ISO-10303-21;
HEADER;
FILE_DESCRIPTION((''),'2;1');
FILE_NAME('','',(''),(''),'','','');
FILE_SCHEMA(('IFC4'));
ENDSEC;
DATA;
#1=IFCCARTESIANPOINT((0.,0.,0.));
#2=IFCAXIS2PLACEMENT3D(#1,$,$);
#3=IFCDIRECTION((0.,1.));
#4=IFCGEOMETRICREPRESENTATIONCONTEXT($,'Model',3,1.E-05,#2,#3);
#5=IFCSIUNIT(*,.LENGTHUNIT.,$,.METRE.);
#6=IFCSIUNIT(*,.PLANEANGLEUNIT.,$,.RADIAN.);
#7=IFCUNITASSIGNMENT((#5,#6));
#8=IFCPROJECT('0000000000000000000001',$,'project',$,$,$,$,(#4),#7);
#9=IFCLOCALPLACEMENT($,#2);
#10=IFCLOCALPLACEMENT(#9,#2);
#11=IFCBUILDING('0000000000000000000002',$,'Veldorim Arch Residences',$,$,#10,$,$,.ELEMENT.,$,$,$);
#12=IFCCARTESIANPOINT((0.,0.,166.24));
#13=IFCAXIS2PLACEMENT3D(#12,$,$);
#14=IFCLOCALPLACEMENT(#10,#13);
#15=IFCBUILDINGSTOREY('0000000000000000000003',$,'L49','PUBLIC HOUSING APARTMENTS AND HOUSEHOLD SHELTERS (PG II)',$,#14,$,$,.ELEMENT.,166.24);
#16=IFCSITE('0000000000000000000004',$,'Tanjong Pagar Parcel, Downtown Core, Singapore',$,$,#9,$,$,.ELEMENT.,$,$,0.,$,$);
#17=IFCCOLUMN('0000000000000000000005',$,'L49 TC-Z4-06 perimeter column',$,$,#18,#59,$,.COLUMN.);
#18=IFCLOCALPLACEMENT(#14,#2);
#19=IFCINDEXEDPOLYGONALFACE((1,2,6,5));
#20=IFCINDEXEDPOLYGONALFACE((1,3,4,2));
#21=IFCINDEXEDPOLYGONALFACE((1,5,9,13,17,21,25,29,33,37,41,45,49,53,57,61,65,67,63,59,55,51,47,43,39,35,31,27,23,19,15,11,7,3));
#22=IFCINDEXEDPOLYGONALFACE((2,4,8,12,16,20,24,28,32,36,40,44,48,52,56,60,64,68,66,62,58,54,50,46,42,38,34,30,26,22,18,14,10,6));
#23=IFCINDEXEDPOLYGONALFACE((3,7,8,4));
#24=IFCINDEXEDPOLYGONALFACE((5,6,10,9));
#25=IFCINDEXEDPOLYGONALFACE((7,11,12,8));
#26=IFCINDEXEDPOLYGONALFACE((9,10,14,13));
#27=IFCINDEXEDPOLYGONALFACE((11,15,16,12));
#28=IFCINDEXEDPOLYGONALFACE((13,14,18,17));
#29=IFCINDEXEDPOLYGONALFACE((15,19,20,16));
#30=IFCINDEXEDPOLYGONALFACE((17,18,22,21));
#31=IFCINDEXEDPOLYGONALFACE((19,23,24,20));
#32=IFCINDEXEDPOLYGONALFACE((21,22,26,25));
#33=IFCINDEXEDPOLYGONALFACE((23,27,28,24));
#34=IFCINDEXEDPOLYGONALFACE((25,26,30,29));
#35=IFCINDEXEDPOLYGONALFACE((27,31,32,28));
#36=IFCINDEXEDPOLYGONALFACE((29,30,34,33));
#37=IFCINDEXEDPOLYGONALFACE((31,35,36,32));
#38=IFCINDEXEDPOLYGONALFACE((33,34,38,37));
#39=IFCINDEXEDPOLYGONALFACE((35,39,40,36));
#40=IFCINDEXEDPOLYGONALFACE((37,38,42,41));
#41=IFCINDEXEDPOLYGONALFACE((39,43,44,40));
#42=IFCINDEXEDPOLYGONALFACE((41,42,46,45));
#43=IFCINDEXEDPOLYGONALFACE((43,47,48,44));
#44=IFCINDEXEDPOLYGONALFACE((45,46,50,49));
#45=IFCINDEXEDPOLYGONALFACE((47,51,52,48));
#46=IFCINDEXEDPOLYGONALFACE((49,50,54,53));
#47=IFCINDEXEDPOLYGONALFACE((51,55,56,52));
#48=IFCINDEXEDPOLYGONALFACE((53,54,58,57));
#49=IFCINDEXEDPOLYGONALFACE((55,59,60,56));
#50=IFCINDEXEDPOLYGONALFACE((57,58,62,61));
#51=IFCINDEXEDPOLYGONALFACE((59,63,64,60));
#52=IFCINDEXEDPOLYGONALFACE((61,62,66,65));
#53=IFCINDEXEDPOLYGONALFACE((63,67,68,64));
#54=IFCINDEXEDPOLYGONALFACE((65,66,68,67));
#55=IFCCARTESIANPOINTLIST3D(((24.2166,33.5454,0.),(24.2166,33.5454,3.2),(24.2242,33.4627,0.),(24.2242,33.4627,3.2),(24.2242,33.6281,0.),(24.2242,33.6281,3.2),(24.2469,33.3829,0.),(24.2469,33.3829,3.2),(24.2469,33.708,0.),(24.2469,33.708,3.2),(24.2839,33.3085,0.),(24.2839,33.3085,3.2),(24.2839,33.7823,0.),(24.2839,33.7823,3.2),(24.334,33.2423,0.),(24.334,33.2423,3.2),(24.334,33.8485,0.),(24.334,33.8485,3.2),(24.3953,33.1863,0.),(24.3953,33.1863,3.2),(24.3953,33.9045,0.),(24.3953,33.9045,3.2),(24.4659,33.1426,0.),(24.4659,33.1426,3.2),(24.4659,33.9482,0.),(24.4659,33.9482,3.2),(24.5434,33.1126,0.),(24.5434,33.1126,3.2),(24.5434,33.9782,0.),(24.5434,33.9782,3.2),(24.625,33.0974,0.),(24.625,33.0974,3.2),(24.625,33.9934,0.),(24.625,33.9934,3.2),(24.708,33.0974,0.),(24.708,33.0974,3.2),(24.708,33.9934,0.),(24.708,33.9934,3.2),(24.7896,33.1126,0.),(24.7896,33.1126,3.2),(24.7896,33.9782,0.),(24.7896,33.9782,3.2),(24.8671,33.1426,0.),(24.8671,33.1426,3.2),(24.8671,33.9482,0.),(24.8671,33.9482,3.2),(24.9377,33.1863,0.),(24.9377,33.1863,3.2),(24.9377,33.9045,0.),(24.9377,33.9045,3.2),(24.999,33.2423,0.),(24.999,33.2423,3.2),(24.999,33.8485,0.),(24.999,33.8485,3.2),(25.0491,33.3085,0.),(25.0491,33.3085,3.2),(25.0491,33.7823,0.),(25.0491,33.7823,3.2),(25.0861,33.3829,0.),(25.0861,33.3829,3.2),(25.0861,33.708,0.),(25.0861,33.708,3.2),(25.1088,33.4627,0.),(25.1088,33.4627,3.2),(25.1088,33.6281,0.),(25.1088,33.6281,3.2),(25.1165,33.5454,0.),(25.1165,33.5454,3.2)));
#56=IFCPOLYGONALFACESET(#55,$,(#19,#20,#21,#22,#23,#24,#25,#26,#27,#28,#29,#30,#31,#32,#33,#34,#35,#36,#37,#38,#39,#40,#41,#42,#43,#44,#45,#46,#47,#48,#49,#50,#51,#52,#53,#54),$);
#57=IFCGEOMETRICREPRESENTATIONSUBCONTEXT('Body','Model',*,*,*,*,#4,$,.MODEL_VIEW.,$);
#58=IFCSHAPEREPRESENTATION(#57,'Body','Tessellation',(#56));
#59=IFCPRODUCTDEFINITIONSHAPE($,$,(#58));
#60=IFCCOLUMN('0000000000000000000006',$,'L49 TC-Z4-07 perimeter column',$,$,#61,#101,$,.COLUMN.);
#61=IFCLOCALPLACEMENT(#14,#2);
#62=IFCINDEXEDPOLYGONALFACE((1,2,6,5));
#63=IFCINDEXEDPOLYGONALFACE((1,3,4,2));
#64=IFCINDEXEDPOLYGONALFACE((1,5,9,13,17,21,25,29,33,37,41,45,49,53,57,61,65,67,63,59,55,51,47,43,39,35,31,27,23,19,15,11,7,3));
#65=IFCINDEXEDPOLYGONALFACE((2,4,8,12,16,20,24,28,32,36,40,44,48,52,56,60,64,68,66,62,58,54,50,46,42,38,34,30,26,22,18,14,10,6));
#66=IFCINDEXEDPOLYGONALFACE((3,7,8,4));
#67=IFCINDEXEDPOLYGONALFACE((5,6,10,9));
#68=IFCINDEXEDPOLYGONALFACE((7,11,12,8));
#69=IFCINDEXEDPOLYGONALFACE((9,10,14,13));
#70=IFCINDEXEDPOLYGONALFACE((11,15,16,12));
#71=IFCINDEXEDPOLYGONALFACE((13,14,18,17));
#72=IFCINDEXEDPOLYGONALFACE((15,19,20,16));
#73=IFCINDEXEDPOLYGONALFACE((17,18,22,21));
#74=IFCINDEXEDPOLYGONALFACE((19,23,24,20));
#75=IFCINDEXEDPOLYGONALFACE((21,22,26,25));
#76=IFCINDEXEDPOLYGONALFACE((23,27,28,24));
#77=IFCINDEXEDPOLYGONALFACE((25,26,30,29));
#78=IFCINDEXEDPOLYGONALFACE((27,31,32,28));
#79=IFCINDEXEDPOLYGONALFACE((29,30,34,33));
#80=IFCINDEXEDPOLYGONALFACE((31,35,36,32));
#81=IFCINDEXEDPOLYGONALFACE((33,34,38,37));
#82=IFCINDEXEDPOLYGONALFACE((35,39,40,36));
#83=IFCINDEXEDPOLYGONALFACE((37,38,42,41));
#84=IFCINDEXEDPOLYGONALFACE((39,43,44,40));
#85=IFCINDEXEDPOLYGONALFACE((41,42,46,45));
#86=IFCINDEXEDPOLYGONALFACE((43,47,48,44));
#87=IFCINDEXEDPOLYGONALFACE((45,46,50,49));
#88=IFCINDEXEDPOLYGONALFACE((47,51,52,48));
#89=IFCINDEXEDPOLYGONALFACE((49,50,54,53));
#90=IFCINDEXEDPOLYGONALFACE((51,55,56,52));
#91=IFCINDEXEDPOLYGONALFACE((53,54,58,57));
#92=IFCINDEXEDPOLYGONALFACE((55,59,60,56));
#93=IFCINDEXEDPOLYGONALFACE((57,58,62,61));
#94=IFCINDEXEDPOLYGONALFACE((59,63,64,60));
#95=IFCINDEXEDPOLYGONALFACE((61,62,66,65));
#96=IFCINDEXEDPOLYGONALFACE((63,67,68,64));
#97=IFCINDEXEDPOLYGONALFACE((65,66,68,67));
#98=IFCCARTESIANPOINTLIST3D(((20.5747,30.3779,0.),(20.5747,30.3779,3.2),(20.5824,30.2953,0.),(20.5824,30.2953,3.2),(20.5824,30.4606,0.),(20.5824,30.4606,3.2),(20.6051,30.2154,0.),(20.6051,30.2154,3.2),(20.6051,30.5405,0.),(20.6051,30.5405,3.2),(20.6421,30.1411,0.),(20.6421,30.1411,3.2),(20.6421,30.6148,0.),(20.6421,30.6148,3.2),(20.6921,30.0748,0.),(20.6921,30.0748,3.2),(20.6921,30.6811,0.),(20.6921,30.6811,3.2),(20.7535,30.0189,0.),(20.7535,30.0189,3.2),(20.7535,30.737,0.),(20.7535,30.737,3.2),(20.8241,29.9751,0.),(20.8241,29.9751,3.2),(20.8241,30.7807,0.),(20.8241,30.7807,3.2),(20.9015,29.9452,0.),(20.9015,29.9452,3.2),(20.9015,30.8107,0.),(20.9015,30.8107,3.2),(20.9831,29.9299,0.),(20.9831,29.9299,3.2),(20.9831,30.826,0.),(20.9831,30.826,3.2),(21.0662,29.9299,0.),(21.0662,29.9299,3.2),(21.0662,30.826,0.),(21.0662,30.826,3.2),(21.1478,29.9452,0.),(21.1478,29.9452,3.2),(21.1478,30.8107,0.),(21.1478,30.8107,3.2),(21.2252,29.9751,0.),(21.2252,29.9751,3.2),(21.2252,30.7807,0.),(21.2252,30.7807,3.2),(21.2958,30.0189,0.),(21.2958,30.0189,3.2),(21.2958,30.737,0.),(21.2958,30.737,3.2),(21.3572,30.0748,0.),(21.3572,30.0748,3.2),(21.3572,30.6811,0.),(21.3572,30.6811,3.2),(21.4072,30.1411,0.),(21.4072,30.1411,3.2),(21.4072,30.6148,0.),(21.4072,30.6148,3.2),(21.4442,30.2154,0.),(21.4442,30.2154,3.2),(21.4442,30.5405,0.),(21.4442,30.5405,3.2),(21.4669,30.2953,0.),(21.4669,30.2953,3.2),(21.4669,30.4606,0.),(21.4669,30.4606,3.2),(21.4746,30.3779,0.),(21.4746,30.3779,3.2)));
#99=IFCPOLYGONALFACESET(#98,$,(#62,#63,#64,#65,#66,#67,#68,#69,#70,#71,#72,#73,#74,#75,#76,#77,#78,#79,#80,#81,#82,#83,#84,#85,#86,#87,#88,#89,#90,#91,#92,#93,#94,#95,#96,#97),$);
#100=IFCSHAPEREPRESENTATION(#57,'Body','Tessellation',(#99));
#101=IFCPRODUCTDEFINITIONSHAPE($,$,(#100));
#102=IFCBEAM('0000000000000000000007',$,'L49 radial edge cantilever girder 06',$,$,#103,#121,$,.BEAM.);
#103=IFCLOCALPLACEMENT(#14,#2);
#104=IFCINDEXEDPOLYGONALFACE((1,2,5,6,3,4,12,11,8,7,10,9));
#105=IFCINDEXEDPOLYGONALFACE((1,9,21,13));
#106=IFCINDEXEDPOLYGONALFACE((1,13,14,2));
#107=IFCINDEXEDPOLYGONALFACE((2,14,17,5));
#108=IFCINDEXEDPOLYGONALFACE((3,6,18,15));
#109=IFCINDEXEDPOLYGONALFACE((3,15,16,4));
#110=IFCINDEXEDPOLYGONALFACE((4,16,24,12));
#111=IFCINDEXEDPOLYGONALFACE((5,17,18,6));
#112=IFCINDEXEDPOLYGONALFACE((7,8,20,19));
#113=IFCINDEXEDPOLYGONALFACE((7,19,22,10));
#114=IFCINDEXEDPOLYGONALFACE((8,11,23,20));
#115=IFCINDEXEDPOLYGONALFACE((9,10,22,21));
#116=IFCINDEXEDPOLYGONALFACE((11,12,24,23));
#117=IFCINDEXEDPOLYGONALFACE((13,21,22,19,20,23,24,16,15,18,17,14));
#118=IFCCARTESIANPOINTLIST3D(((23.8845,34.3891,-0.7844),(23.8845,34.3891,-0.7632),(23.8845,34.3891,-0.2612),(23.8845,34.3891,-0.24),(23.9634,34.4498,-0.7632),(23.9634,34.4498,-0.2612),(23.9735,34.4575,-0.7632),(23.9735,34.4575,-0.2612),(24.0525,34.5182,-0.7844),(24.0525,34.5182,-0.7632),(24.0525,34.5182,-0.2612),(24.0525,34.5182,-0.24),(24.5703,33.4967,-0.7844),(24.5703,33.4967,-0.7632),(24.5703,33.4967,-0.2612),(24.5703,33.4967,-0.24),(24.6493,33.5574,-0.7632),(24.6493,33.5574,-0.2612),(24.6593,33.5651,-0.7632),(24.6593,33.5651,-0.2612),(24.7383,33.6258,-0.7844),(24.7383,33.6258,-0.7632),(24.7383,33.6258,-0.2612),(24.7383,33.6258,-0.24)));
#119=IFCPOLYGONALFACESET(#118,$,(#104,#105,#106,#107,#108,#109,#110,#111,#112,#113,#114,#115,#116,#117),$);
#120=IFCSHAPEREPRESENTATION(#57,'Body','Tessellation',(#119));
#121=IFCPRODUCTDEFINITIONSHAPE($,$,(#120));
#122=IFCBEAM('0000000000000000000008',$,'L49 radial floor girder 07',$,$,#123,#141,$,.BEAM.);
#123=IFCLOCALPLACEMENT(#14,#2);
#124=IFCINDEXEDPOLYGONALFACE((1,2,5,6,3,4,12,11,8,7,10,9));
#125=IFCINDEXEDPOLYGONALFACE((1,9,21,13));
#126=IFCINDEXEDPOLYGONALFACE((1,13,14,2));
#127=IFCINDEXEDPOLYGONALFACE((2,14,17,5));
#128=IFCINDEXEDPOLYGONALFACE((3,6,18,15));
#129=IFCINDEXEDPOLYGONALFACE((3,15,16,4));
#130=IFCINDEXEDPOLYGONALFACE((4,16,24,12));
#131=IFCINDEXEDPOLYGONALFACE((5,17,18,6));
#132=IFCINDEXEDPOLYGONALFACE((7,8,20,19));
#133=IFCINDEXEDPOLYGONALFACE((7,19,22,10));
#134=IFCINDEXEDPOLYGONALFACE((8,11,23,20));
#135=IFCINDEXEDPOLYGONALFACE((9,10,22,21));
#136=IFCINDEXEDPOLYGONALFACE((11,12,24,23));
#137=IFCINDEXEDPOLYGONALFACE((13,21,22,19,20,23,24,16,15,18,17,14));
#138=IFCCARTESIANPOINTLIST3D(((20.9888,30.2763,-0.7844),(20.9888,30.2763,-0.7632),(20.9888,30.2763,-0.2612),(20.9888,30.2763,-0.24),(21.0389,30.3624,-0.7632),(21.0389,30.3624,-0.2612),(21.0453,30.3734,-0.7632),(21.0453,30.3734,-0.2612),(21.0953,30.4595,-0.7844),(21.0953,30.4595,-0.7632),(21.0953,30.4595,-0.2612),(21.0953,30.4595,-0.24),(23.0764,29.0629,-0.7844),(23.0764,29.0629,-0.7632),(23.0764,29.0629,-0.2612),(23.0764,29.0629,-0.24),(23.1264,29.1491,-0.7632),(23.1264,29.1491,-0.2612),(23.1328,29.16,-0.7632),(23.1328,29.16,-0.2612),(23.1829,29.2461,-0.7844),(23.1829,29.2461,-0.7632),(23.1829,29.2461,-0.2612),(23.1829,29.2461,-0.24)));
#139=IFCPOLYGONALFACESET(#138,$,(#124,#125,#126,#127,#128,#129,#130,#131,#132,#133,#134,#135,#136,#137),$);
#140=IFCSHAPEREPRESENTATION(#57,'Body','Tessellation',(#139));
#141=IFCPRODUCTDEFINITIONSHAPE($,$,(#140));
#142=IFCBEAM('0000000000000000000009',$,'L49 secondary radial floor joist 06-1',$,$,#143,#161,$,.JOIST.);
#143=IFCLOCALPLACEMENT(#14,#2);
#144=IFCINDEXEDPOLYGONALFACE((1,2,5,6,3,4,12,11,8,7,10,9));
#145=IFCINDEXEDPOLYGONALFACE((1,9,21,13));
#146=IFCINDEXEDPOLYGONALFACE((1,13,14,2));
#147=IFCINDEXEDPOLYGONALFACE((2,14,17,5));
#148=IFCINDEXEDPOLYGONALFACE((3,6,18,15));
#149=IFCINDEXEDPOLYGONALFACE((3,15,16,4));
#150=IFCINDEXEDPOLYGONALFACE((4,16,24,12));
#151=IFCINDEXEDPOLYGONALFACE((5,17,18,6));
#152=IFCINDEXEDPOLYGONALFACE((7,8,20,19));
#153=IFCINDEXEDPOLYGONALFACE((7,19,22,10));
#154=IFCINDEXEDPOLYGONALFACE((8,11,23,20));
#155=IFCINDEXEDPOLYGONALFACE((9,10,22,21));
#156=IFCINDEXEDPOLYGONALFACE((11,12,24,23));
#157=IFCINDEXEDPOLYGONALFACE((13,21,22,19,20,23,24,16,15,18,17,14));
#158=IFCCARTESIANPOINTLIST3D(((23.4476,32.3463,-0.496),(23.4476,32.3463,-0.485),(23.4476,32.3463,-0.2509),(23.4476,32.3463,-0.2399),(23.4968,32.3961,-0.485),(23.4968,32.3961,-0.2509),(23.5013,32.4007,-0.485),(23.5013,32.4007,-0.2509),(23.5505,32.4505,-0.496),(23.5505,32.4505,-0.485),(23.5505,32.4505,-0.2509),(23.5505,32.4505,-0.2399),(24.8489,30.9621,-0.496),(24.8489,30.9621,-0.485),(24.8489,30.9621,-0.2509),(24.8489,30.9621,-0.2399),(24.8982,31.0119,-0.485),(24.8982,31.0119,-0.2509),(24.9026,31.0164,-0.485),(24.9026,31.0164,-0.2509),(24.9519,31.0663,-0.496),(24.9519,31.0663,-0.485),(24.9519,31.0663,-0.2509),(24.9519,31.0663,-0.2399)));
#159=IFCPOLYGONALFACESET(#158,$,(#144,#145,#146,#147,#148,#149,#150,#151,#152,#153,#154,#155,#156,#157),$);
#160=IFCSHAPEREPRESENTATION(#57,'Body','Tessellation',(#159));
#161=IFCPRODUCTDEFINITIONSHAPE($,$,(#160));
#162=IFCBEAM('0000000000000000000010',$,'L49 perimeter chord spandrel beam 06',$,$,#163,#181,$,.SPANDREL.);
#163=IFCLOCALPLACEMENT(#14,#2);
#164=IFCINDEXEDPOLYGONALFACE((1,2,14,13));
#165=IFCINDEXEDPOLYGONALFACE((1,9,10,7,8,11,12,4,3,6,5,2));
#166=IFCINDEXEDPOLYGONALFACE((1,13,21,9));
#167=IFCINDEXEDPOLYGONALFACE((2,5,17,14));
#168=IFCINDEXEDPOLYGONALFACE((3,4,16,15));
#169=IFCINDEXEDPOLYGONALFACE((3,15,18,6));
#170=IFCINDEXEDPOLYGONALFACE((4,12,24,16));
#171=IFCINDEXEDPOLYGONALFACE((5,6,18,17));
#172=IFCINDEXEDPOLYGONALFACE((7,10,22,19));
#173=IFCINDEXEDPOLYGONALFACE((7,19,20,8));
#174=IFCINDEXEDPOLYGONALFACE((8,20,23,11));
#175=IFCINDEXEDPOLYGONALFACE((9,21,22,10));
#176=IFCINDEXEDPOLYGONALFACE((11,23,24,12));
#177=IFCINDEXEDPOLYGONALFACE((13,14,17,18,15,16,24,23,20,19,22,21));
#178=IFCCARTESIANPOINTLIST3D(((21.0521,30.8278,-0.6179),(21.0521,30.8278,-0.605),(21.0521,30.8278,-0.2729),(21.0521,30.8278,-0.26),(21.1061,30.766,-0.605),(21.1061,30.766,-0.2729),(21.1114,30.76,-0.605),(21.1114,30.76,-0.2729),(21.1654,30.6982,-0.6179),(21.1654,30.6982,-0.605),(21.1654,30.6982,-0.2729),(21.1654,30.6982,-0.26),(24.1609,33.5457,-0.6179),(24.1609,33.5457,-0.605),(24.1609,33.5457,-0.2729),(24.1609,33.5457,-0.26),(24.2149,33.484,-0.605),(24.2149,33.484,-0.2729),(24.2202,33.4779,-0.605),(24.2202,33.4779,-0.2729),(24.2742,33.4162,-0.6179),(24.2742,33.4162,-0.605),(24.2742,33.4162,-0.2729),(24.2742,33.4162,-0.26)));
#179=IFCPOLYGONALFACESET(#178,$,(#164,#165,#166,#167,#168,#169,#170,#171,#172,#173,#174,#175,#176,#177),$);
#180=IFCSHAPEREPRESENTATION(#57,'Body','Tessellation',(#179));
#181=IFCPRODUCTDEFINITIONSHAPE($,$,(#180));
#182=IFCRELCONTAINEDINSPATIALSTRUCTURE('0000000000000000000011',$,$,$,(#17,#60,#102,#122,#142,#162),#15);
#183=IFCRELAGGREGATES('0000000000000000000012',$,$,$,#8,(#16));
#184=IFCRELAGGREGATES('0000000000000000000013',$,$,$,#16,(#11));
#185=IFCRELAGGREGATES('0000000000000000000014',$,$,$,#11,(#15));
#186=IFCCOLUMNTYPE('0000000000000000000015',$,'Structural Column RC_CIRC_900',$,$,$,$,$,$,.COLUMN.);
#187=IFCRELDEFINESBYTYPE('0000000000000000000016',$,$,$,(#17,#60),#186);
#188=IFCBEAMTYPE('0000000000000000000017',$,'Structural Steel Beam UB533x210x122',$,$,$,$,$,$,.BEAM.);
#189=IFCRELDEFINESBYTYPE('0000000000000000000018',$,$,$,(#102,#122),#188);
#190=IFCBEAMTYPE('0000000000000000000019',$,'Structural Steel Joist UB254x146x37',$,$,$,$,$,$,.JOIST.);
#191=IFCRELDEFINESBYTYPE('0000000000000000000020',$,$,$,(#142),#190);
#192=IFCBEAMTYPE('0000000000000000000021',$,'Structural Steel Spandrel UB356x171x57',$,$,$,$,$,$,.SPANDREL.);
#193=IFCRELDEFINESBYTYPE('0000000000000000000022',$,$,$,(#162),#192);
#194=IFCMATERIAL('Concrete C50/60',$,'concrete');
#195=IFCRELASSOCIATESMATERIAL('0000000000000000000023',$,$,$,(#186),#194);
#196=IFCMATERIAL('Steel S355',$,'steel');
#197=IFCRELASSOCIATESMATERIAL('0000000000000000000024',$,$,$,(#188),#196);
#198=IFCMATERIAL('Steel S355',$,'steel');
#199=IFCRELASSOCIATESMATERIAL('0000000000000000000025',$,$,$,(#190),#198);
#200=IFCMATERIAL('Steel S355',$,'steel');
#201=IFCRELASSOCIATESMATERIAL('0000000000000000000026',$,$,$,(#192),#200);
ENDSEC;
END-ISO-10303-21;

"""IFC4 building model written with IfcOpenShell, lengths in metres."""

from ifc_helpers import new_model, si_unit, direction, frame, origin, origin_2d, place, context, subcontext, project, spatial, circle, i_section, extrude, material, material_profile, profile_set, type_object, element, save


model = new_model("IFC4")

# Units and contexts
model_context = context("Model", 3, precision=1e-05, world=origin(), true_north=direction((0.0, 1.0)))
body_context = subcontext(model_context, "Body", "Model", "MODEL_VIEW")
ifc_project = project(units=[si_unit("LENGTHUNIT", "METRE"), si_unit("PLANEANGLEUNIT", "RADIAN")], contexts=[model_context])

# Site, building, storey
site_placement = place(None, origin())
site = spatial("IfcSite", under=ifc_project, at=site_placement, Name="Tanjong Pagar Parcel, Downtown Core, Singapore", CompositionType="ELEMENT", RefElevation=0.0)
building_placement = place(site_placement, origin())
building = spatial("IfcBuilding", under=site, at=building_placement, Name="Veldorim Arch Residences", CompositionType="ELEMENT")
storey_placement = place(building_placement, frame((0.0, 0.0, 166.24)))
storey = spatial("IfcBuildingStorey", under=building, at=storey_placement, Name="L49", Description="PUBLIC HOUSING APARTMENTS AND HOUSEHOLD SHELTERS (PG II)", CompositionType="ELEMENT", Elevation=166.24)

# Columns
ifc_material_1 = material(Name="Concrete C50/60", Category="concrete")
ifc_material_profile_1 = material_profile(ifc_material_1, circle(Radius=0.45, at=origin_2d()), Name="RC_CIRC_900")
ifc_profile_set_1 = profile_set([ifc_material_profile_1], Name="Concrete C50/60")
column_type = type_object("IfcColumnType", Name="Structural Column RC_CIRC_900", PredefinedType="COLUMN", material=ifc_profile_set_1)
for number, where, z_axis, x_axis, name in (
    (1, (24.6665, 33.5454, 0.0), (0.0, 0.0, 1.0), (1.0, 0.0, 0.0), "L49 TC-Z4-06 perimeter column"),
    (2, (21.0247, 30.3779, 0.0), (0.0, 0.0, 1.0), (1.0, 0.0, 0.0), "L49 TC-Z4-07 perimeter column"),
):
    element("IfcColumn", number, at=place(storey_placement, frame(where, z_axis=z_axis, x_axis=x_axis)), inside=storey, type_object=column_type, Name=name, PredefinedType="COLUMN", context=body_context, shape_type="SweptSolid", body=[
        extrude(circle(Radius=0.45, at=origin_2d()), origin(), (0.0, 0.0, 1.0), 3.2),
    ])

# Beams
ifc_material_2 = material(Name="Steel S355", Category="steel")
ifc_material_profile_2 = material_profile(ifc_material_2, i_section(OverallWidth=0.2119, OverallDepth=0.5444, WebThickness=0.0127, FlangeThickness=0.0212, at=origin_2d()), Name="UB533x210x122")
ifc_profile_set_2 = profile_set([ifc_material_profile_2], Name="Steel S355")
beam_type_1 = type_object("IfcBeamType", Name="Structural Steel Beam UB533x210x122", PredefinedType="BEAM", material=ifc_profile_set_2)
beam_1_placement = place(storey_placement, frame((24.6543, 33.5613, -0.5122), z_axis=(-0.609365, 0.79289, 0.0), x_axis=(-0.79289, -0.609365, 0.0)))
element("IfcBeam", 3, at=beam_1_placement, inside=storey, type_object=beam_type_1, Name="L49 radial edge cantilever girder 06", PredefinedType="BEAM", context=body_context, shape_type="SweptSolid", body=[
    extrude(i_section(OverallWidth=0.2119, OverallDepth=0.5444, WebThickness=0.0127, FlangeThickness=0.0212, at=origin_2d()), origin(), (0.0, 0.0, 1.0), 1.1255),
])
beam_2_placement = place(storey_placement, frame((23.1296, 29.1545, -0.5122), z_axis=(-0.864574, 0.502506, 0.0), x_axis=(-0.502506, -0.864574, 0.0)))
element("IfcBeam", 4, at=beam_2_placement, inside=storey, type_object=beam_type_1, Name="L49 radial floor girder 07", PredefinedType="BEAM", context=body_context, shape_type="SweptSolid", body=[
    extrude(i_section(OverallWidth=0.2119, OverallDepth=0.5444, WebThickness=0.0127, FlangeThickness=0.0212, at=origin_2d()), origin(), (0.0, 0.0, 1.0), 2.4146),
])
ifc_material_3 = material(Name="Steel S355", Category="steel")
ifc_material_profile_3 = material_profile(ifc_material_3, i_section(OverallWidth=0.1465, OverallDepth=0.2561, WebThickness=0.0063, FlangeThickness=0.011, at=origin_2d()), Name="UB254x146x37")
ifc_profile_set_3 = profile_set([ifc_material_profile_3], Name="Steel S355")
beam_type_2 = type_object("IfcBeamType", Name="Structural Steel Joist UB254x146x37", PredefinedType="JOIST", material=ifc_profile_set_3)
beam_3_placement = place(storey_placement, frame((24.9004, 31.0142, -0.3679), z_axis=(-0.711431, 0.702755, 0.0), x_axis=(-0.702755, -0.711431, 0.0)))
element("IfcBeam", 5, at=beam_3_placement, inside=storey, type_object=beam_type_2, Name="L49 secondary radial floor joist 06-1", PredefinedType="JOIST", context=body_context, shape_type="SweptSolid", body=[
    extrude(i_section(OverallWidth=0.1465, OverallDepth=0.2561, WebThickness=0.0063, FlangeThickness=0.011, at=origin_2d()), origin(), (0.0, 0.0, 1.0), 1.9697),
])
ifc_material_4 = material(Name="Steel S355", Category="steel")
ifc_material_profile_4 = material_profile(ifc_material_4, i_section(OverallWidth=0.1721, OverallDepth=0.3579, WebThickness=0.0081, FlangeThickness=0.0129, at=origin_2d()), Name="UB356x171x57")
ifc_profile_set_4 = profile_set([ifc_material_profile_4], Name="Steel S355")
beam_type_3 = type_object("IfcBeamType", Name="Structural Steel Spandrel UB356x171x57", PredefinedType="SPANDREL", material=ifc_profile_set_4)
beam_4_placement = place(storey_placement, frame((24.2175, 33.481, -0.439), z_axis=(-0.752848, -0.658195, 0.0), x_axis=(0.658195, -0.752848, 0.0)))
element("IfcBeam", 6, at=beam_4_placement, inside=storey, type_object=beam_type_3, Name="L49 perimeter chord spandrel beam 06", PredefinedType="SPANDREL", context=body_context, shape_type="SweptSolid", body=[
    extrude(i_section(OverallWidth=0.1721, OverallDepth=0.3579, WebThickness=0.0081, FlangeThickness=0.0129, at=origin_2d()), origin(), (0.0, 0.0, 1.0), 4.1294),
])

save(model, "model.ifc")
